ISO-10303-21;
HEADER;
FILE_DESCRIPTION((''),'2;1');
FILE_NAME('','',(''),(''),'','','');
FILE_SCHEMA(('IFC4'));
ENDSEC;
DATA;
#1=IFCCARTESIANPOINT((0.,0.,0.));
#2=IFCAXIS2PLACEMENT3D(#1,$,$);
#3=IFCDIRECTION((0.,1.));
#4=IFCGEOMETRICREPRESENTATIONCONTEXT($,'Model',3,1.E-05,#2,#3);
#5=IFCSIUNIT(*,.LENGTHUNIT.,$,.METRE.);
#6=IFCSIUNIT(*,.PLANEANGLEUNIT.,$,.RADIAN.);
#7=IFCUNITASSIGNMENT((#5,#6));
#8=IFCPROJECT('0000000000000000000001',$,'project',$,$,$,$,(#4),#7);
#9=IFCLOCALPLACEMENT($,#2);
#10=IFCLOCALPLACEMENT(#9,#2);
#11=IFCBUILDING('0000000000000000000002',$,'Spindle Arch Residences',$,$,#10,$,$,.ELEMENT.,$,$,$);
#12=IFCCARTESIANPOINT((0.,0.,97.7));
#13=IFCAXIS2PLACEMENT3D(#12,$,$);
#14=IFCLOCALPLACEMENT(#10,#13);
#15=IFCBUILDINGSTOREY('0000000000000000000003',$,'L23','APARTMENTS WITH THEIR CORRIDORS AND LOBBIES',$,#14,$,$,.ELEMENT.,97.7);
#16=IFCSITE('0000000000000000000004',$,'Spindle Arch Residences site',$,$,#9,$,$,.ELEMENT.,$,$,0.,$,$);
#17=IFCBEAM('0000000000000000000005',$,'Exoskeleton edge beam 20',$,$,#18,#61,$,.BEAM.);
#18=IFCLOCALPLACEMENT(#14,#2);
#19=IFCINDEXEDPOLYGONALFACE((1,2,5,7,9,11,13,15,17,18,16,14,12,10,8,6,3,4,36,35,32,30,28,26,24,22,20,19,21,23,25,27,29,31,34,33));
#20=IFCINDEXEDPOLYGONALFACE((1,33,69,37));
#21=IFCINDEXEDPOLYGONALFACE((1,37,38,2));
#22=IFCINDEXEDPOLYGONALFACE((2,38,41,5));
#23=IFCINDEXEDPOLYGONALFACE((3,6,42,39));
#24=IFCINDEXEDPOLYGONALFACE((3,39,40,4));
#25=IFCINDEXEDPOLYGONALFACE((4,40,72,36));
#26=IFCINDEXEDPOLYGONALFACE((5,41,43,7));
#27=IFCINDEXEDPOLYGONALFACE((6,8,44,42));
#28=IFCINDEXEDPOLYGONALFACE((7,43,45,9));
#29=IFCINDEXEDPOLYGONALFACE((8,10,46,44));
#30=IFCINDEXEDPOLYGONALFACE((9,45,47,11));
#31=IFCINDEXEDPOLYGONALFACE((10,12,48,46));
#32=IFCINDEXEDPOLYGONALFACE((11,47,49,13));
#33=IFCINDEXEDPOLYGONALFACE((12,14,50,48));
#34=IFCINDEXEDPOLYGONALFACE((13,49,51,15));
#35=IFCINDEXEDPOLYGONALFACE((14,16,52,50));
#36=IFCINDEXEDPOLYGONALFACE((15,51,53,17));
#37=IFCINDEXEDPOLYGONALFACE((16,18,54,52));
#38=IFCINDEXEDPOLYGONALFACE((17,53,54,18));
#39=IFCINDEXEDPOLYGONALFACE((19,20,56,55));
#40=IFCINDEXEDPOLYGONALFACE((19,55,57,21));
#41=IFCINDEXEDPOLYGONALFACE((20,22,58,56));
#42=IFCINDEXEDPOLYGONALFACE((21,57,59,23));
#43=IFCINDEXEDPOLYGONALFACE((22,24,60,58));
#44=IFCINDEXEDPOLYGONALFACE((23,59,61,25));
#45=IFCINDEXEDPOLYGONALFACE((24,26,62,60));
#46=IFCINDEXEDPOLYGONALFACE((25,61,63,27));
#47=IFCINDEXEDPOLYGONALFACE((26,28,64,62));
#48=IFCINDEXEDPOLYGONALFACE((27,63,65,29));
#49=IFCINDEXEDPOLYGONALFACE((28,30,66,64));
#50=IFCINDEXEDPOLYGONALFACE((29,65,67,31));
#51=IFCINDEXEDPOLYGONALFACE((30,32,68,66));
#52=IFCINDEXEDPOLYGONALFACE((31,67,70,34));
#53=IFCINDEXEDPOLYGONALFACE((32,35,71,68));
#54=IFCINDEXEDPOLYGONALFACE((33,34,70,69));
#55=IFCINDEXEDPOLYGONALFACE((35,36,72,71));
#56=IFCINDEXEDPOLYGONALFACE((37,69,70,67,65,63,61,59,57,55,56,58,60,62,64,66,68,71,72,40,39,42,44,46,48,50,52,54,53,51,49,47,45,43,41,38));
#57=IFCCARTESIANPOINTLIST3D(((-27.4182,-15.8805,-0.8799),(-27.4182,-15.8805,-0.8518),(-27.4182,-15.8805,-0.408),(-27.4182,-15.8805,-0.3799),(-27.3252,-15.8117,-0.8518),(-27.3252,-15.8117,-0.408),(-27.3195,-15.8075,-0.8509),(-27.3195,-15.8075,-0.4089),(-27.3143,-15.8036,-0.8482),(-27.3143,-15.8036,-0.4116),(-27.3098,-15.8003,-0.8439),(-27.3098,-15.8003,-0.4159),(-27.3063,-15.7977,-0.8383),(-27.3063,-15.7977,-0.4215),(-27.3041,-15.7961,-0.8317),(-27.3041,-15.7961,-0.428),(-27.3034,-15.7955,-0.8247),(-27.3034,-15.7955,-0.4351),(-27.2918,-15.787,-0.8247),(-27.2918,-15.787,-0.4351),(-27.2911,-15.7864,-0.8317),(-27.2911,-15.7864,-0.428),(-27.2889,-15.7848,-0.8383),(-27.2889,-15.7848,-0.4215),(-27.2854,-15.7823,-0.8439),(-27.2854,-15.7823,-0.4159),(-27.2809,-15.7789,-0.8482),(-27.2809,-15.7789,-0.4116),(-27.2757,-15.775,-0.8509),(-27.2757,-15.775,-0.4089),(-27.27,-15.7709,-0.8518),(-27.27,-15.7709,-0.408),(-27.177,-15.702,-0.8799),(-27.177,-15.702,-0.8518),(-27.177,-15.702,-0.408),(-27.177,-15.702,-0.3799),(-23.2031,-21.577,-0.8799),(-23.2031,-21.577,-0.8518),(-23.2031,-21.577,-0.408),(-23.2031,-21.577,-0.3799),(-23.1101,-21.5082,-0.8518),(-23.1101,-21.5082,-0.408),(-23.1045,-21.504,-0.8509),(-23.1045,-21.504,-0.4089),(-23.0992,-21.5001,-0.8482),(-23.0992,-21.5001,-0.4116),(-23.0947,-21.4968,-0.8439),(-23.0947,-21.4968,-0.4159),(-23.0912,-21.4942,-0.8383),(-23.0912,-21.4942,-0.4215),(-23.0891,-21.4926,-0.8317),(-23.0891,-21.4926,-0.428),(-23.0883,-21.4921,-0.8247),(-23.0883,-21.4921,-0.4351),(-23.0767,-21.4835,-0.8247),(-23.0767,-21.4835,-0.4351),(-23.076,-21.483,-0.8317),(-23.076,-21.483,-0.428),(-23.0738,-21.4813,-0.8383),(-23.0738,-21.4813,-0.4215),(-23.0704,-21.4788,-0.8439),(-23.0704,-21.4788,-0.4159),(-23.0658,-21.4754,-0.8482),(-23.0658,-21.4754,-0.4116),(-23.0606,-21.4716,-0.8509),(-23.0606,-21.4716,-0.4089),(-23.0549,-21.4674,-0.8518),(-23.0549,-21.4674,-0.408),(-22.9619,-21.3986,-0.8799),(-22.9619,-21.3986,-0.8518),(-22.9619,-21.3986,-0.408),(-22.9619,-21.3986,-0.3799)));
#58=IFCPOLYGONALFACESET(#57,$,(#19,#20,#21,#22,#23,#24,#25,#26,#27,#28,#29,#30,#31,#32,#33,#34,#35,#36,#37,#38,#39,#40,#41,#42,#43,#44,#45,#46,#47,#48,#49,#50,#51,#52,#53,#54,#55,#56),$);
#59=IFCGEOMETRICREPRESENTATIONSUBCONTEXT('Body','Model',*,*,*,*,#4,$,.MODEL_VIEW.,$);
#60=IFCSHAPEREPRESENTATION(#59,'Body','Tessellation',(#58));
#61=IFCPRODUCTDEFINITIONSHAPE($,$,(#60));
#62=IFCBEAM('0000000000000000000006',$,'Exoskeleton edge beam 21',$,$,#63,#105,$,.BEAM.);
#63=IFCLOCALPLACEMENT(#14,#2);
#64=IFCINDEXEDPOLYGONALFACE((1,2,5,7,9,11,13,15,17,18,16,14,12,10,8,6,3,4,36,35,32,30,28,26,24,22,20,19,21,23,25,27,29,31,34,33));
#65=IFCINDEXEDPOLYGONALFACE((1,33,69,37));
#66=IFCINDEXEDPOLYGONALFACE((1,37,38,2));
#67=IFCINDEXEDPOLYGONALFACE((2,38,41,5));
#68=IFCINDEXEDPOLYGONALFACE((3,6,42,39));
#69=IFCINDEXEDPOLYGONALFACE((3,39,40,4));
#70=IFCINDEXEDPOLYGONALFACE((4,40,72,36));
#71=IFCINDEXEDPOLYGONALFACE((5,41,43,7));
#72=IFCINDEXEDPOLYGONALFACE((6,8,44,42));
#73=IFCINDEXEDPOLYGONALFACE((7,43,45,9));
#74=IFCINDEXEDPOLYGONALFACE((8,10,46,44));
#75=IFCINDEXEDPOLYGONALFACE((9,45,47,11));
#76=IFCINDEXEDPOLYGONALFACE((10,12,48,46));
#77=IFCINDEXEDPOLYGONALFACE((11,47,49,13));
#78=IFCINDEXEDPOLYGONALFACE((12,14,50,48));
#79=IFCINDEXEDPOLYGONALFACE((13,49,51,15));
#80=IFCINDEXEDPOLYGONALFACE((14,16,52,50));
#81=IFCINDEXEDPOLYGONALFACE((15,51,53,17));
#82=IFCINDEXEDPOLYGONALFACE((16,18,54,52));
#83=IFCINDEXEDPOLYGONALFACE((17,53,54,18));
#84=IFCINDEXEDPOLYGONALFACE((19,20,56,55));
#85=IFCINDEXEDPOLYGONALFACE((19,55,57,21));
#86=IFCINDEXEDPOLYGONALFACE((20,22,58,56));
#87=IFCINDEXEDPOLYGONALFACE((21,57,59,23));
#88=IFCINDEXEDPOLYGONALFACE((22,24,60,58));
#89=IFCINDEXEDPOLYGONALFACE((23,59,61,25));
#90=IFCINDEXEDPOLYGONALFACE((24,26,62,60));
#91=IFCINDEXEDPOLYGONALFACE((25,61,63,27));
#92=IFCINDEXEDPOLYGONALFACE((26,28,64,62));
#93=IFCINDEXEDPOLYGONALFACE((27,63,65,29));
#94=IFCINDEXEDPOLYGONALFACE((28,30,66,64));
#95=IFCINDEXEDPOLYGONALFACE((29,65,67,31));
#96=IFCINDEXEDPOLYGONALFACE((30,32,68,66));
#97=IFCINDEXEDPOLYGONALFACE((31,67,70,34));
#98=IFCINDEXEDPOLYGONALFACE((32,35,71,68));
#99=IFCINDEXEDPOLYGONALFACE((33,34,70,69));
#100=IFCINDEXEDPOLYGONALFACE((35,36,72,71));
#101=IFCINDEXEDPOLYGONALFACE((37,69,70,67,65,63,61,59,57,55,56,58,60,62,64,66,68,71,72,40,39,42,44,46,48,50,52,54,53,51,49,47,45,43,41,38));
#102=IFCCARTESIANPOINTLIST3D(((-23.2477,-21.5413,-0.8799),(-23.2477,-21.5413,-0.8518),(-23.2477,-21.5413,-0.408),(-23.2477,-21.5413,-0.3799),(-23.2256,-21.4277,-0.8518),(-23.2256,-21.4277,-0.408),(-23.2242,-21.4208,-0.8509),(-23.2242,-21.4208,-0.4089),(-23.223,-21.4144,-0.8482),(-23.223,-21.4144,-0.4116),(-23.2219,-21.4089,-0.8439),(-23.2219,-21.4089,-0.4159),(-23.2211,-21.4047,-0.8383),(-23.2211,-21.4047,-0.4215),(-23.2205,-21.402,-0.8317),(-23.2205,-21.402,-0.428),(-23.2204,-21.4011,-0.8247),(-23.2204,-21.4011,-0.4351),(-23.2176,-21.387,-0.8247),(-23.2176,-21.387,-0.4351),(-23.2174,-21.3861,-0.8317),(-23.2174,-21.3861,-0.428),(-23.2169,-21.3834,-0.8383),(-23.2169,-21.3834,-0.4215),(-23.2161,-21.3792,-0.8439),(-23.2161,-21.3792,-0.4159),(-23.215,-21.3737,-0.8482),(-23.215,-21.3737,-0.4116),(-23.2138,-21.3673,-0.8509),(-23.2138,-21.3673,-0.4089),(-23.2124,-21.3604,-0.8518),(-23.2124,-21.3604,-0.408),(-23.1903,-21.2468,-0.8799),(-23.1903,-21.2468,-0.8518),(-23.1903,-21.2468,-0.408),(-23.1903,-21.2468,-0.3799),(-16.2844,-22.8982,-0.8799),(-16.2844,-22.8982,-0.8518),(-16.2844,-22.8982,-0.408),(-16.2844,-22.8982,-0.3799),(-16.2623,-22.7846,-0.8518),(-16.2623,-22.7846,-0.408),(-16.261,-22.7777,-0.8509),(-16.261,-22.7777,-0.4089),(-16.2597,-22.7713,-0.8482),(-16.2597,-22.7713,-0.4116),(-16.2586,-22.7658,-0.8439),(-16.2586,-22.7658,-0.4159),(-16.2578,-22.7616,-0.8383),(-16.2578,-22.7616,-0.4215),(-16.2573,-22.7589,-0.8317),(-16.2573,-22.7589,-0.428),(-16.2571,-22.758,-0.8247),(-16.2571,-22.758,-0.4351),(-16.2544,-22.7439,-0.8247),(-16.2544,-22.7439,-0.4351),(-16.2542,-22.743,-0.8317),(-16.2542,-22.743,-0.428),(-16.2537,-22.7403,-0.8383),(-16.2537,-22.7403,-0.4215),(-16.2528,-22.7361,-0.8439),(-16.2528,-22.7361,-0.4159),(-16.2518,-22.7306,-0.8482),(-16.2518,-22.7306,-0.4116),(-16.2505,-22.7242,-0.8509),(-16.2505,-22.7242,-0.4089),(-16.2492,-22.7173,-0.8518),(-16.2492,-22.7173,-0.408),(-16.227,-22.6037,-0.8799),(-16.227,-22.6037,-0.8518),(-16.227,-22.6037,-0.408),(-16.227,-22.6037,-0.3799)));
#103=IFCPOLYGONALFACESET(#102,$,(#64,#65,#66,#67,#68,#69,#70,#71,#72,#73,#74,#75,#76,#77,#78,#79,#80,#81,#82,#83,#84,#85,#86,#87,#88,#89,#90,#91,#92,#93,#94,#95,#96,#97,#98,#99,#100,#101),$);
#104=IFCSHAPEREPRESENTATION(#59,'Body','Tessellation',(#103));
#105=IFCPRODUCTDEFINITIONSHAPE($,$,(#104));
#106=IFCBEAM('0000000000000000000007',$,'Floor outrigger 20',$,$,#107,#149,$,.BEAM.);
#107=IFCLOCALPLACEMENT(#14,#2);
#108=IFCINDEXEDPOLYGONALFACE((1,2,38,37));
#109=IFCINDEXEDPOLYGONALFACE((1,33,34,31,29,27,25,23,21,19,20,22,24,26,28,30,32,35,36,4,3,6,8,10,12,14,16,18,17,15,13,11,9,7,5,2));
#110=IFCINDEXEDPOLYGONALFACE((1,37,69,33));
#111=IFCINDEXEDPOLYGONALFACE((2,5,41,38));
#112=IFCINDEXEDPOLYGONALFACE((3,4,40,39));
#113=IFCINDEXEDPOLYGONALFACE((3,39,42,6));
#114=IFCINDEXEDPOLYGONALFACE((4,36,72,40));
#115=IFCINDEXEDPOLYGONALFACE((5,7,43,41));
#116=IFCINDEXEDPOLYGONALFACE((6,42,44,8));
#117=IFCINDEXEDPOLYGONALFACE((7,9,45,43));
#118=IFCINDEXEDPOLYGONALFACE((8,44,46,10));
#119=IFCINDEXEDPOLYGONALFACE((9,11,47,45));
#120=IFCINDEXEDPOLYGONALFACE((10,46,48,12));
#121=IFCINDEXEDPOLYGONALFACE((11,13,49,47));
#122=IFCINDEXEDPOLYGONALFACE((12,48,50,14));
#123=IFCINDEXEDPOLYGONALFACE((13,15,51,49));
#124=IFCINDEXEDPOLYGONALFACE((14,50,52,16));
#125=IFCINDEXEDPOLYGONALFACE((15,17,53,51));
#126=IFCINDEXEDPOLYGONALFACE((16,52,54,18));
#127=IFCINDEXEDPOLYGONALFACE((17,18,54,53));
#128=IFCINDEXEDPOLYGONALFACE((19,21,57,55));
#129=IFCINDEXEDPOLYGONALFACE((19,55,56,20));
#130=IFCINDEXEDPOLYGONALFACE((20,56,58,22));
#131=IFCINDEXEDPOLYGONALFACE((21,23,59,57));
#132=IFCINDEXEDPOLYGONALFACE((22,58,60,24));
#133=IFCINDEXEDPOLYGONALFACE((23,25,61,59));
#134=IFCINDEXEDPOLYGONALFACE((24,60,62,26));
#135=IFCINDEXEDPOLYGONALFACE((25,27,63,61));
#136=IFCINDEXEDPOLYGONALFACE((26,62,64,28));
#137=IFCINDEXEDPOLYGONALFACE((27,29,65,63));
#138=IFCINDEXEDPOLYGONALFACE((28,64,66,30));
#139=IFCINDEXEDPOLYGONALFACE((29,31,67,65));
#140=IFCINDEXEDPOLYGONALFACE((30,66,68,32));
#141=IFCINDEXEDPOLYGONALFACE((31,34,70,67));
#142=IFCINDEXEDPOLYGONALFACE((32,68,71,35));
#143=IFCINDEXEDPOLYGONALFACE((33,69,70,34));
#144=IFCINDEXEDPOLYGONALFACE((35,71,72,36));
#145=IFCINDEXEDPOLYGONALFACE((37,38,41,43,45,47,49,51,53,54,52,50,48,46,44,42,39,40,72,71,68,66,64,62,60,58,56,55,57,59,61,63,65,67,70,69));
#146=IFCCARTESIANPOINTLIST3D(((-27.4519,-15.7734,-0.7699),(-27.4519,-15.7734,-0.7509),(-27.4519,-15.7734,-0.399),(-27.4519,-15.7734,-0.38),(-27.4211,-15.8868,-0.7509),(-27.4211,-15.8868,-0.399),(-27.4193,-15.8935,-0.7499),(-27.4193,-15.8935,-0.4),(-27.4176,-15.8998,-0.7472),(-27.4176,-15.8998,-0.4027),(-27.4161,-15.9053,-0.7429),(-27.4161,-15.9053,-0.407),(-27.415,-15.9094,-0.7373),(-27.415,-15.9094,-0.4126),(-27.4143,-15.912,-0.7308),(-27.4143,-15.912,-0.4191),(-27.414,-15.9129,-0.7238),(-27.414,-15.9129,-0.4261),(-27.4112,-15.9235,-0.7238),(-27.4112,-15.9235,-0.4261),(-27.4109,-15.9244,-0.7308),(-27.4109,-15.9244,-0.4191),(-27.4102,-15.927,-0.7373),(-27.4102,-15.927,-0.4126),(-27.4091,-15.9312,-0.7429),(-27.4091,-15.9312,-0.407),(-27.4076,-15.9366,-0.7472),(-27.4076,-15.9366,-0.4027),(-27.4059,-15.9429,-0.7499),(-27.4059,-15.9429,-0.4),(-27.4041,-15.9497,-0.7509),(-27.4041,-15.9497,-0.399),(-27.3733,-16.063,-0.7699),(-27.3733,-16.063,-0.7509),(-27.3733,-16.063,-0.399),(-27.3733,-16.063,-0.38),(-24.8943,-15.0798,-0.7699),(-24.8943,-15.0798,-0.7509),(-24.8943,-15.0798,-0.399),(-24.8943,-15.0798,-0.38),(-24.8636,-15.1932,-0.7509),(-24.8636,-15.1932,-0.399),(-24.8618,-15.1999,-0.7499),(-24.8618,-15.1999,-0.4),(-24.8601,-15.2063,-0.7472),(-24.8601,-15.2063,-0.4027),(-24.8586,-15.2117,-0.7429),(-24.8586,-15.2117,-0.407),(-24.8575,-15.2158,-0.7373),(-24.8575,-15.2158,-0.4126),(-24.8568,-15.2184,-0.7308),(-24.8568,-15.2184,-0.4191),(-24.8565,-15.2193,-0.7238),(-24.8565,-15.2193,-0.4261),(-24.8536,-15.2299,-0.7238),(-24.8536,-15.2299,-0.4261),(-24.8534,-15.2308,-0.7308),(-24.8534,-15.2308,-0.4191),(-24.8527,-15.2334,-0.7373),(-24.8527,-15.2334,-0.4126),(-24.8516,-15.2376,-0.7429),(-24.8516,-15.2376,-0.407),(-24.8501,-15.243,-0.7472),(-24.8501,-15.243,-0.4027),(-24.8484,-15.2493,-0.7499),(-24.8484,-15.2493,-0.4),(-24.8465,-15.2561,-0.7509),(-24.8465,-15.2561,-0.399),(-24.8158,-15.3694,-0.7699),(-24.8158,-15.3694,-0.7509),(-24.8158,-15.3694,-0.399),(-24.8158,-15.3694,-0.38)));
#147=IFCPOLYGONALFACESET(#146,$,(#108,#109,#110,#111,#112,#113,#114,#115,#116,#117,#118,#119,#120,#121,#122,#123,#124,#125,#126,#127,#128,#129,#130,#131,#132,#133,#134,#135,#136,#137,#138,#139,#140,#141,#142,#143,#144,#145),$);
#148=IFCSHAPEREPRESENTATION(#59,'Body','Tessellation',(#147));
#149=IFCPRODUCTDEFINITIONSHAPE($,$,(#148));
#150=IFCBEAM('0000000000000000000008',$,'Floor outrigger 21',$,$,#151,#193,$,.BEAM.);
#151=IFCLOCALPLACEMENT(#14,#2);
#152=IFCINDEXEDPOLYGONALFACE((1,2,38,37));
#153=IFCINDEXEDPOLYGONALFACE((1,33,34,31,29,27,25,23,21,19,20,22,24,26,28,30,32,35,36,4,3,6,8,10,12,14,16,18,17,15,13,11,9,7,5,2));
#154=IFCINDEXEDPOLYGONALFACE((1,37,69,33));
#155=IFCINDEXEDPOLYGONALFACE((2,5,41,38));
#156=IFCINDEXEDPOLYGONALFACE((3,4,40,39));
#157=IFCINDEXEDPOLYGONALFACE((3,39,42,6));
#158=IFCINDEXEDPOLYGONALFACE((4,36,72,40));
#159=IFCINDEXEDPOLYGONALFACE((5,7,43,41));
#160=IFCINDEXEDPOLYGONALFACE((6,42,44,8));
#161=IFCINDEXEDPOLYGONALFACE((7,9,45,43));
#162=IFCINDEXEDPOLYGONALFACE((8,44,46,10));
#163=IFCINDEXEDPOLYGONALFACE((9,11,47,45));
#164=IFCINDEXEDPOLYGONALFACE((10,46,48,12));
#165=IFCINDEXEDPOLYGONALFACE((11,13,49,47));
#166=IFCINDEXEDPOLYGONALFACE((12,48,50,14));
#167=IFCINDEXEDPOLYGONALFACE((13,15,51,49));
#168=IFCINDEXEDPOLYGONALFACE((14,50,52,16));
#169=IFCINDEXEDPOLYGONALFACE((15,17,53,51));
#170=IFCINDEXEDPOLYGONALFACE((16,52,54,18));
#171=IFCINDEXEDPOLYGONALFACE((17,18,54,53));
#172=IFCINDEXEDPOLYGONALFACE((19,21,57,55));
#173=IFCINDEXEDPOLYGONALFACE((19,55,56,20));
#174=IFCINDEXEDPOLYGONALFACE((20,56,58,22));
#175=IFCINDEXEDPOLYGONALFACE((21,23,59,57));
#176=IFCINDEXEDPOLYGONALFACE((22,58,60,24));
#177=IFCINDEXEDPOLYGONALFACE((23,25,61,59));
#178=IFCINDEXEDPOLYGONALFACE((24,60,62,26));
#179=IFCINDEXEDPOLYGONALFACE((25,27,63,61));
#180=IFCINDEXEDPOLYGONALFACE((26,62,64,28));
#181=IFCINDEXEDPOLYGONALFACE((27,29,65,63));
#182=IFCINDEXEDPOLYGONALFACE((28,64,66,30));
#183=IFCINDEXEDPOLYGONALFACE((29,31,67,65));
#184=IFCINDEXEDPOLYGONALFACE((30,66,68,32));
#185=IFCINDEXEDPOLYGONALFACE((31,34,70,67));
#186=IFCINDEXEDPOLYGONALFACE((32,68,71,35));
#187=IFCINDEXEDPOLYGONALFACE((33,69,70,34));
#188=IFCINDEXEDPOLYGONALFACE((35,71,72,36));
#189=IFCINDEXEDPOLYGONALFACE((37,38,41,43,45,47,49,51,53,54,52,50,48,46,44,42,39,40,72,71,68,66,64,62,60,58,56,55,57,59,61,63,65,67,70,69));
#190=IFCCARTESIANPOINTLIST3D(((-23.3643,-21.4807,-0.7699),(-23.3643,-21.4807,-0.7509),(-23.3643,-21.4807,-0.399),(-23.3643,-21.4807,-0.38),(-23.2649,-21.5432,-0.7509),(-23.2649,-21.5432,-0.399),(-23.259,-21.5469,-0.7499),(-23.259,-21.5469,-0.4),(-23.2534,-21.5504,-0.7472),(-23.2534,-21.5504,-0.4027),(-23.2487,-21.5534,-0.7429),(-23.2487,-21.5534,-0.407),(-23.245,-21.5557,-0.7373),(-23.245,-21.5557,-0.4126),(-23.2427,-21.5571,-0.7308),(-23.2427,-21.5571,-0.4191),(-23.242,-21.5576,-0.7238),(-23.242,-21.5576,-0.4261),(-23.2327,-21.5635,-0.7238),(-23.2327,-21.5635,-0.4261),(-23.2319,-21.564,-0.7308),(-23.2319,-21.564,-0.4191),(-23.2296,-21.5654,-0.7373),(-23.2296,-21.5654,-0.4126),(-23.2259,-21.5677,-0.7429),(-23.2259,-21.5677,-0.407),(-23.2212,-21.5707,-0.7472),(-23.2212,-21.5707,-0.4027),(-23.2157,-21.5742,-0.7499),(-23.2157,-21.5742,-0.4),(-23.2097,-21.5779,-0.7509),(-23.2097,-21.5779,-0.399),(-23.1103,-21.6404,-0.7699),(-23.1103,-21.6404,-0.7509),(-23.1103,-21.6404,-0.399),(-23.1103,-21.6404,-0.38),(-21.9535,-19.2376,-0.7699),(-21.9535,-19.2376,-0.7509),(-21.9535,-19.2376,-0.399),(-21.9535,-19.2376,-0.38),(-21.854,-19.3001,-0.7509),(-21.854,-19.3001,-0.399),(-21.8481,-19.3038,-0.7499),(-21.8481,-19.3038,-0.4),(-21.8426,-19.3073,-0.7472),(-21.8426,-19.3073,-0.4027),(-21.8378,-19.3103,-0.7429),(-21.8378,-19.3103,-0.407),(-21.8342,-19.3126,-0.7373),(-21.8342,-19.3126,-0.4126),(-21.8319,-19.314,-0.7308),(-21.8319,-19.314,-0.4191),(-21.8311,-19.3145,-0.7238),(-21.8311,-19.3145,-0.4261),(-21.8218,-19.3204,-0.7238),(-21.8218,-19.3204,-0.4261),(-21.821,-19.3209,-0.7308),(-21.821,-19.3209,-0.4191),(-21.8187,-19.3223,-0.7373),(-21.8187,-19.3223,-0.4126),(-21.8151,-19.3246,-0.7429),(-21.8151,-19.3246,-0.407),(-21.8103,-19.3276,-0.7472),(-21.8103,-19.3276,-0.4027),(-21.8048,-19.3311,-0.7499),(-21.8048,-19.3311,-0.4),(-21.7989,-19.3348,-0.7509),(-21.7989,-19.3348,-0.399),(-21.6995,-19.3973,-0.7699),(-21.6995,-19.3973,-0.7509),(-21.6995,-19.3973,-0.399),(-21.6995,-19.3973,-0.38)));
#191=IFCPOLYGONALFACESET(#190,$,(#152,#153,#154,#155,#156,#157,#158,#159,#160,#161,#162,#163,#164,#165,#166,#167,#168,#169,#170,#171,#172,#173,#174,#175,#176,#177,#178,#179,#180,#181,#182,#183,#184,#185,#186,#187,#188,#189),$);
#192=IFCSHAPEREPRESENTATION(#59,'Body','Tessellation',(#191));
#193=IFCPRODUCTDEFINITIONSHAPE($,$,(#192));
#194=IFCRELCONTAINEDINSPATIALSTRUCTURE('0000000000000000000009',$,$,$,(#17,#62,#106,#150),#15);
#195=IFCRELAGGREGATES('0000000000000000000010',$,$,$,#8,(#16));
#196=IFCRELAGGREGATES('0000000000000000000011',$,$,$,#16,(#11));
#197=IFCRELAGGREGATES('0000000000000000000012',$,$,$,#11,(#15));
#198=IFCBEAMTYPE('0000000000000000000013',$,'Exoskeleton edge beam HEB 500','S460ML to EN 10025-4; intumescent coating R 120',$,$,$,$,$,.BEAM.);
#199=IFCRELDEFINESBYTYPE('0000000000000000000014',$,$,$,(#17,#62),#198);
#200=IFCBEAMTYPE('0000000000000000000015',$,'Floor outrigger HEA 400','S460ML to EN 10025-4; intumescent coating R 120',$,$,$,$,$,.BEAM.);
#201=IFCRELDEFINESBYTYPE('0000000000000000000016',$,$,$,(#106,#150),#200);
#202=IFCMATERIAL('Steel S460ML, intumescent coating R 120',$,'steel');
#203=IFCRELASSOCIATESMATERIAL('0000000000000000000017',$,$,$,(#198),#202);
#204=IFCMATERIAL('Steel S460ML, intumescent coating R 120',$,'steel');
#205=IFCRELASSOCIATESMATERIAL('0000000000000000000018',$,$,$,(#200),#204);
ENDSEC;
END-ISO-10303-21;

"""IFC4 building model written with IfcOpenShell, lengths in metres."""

from ifc_helpers import new_model, si_unit, direction, frame, origin, origin_2d, place, context, subcontext, project, spatial, i_section, extrude, material, material_profile, profile_set, type_object, element, save


model = new_model("IFC4")

# Units and contexts
model_context = context("Model", 3, precision=1e-05, world=origin(), true_north=direction((0.0, 1.0)))
body_context = subcontext(model_context, "Body", "Model", "MODEL_VIEW")
ifc_project = project(units=[si_unit("LENGTHUNIT", "METRE"), si_unit("PLANEANGLEUNIT", "RADIAN")], contexts=[model_context])

# Site, building, storey
site_placement = place(None, origin())
site = spatial("IfcSite", under=ifc_project, at=site_placement, Name="Spindle Arch Residences site", CompositionType="ELEMENT", RefElevation=0.0)
building_placement = place(site_placement, origin())
building = spatial("IfcBuilding", under=site, at=building_placement, Name="Spindle Arch Residences", CompositionType="ELEMENT")
storey_placement = place(building_placement, frame((0.0, 0.0, 97.7)))
storey = spatial("IfcBuildingStorey", under=building, at=storey_placement, Name="L23", Description="APARTMENTS WITH THEIR CORRIDORS AND LOBBIES", CompositionType="ELEMENT", Elevation=97.7)

# Beams
ifc_material_1 = material(Name="Steel S460ML, intumescent coating R 120", Category="steel")
ifc_material_profile_1 = material_profile(ifc_material_1, i_section(OverallWidth=0.3, OverallDepth=0.5, WebThickness=0.0144, FlangeThickness=0.0281, FilletRadius=0.0271, at=origin_2d()), Name="HEB 500")
ifc_profile_set_1 = profile_set([ifc_material_profile_1], Name="Steel S460ML, intumescent coating R 120")
beam_type_1 = type_object("IfcBeamType", Name="Exoskeleton edge beam HEB 500", Description="S460ML to EN 10025-4; intumescent coating R 120", PredefinedType="BEAM", material=ifc_profile_set_1)
beam_1_placement = place(storey_placement, frame((-27.2976, -15.7913, -0.6299), z_axis=(0.594811, -0.803865, 0.0), x_axis=(0.803865, 0.594811, 0.0)))
element("IfcBeam", 1, at=beam_1_placement, inside=storey, type_object=beam_type_1, Name="Exoskeleton edge beam 20", PredefinedType="BEAM", context=body_context, shape_type="SweptSolid", body=[
    extrude(i_section(OverallWidth=0.3, OverallDepth=0.5, WebThickness=0.0144, FlangeThickness=0.0281, FilletRadius=0.0271, at=origin_2d()), origin(), (0.0, 0.0, 1.0), 7.0864),
])
beam_2_placement = place(storey_placement, frame((-23.219, -21.394, -0.6299), z_axis=(0.981538, -0.191269, 0.0), x_axis=(0.191269, 0.981538, 0.0)))
element("IfcBeam", 2, at=beam_2_placement, inside=storey, type_object=beam_type_1, Name="Exoskeleton edge beam 21", PredefinedType="BEAM", context=body_context, shape_type="SweptSolid", body=[
    extrude(i_section(OverallWidth=0.3, OverallDepth=0.5, WebThickness=0.0144, FlangeThickness=0.0281, FilletRadius=0.0271, at=origin_2d()), origin(), (0.0, 0.0, 1.0), 7.0942),
])
ifc_material_2 = material(Name="Steel S460ML, intumescent coating R 120", Category="steel")
ifc_material_profile_2 = material_profile(ifc_material_2, i_section(OverallWidth=0.3, OverallDepth=0.3899, WebThickness=0.011, FlangeThickness=0.019, FilletRadius=0.0271, at=origin_2d()), Name="HEA 400")
ifc_profile_set_2 = profile_set([ifc_material_profile_2], Name="Steel S460ML, intumescent coating R 120")
beam_type_2 = type_object("IfcBeamType", Name="Floor outrigger HEA 400", Description="S460ML to EN 10025-4; intumescent coating R 120", PredefinedType="BEAM", material=ifc_profile_set_2)
for number, where, z_axis, x_axis, name in (
    (3, (-27.4126, -15.9182, -0.575), (0.965139, 0.261737, 0.0), (-0.261737, 0.965139, 0.0), "Floor outrigger 20"),
    (4, (-23.2373, -21.5605, -0.575), (0.532415, 0.846484, 0.0), (-0.846484, 0.532415, 0.0), "Floor outrigger 21"),
):
    element("IfcBeam", number, at=place(storey_placement, frame(where, z_axis=z_axis, x_axis=x_axis)), inside=storey, type_object=beam_type_2, Name=name, PredefinedType="BEAM", context=body_context, shape_type="SweptSolid", body=[
        extrude(i_section(OverallWidth=0.3, OverallDepth=0.3899, WebThickness=0.011, FlangeThickness=0.019, FilletRadius=0.0271, at=origin_2d()), origin(), (0.0, 0.0, 1.0), 2.6499),
    ])

save(model, "model.ifc")
